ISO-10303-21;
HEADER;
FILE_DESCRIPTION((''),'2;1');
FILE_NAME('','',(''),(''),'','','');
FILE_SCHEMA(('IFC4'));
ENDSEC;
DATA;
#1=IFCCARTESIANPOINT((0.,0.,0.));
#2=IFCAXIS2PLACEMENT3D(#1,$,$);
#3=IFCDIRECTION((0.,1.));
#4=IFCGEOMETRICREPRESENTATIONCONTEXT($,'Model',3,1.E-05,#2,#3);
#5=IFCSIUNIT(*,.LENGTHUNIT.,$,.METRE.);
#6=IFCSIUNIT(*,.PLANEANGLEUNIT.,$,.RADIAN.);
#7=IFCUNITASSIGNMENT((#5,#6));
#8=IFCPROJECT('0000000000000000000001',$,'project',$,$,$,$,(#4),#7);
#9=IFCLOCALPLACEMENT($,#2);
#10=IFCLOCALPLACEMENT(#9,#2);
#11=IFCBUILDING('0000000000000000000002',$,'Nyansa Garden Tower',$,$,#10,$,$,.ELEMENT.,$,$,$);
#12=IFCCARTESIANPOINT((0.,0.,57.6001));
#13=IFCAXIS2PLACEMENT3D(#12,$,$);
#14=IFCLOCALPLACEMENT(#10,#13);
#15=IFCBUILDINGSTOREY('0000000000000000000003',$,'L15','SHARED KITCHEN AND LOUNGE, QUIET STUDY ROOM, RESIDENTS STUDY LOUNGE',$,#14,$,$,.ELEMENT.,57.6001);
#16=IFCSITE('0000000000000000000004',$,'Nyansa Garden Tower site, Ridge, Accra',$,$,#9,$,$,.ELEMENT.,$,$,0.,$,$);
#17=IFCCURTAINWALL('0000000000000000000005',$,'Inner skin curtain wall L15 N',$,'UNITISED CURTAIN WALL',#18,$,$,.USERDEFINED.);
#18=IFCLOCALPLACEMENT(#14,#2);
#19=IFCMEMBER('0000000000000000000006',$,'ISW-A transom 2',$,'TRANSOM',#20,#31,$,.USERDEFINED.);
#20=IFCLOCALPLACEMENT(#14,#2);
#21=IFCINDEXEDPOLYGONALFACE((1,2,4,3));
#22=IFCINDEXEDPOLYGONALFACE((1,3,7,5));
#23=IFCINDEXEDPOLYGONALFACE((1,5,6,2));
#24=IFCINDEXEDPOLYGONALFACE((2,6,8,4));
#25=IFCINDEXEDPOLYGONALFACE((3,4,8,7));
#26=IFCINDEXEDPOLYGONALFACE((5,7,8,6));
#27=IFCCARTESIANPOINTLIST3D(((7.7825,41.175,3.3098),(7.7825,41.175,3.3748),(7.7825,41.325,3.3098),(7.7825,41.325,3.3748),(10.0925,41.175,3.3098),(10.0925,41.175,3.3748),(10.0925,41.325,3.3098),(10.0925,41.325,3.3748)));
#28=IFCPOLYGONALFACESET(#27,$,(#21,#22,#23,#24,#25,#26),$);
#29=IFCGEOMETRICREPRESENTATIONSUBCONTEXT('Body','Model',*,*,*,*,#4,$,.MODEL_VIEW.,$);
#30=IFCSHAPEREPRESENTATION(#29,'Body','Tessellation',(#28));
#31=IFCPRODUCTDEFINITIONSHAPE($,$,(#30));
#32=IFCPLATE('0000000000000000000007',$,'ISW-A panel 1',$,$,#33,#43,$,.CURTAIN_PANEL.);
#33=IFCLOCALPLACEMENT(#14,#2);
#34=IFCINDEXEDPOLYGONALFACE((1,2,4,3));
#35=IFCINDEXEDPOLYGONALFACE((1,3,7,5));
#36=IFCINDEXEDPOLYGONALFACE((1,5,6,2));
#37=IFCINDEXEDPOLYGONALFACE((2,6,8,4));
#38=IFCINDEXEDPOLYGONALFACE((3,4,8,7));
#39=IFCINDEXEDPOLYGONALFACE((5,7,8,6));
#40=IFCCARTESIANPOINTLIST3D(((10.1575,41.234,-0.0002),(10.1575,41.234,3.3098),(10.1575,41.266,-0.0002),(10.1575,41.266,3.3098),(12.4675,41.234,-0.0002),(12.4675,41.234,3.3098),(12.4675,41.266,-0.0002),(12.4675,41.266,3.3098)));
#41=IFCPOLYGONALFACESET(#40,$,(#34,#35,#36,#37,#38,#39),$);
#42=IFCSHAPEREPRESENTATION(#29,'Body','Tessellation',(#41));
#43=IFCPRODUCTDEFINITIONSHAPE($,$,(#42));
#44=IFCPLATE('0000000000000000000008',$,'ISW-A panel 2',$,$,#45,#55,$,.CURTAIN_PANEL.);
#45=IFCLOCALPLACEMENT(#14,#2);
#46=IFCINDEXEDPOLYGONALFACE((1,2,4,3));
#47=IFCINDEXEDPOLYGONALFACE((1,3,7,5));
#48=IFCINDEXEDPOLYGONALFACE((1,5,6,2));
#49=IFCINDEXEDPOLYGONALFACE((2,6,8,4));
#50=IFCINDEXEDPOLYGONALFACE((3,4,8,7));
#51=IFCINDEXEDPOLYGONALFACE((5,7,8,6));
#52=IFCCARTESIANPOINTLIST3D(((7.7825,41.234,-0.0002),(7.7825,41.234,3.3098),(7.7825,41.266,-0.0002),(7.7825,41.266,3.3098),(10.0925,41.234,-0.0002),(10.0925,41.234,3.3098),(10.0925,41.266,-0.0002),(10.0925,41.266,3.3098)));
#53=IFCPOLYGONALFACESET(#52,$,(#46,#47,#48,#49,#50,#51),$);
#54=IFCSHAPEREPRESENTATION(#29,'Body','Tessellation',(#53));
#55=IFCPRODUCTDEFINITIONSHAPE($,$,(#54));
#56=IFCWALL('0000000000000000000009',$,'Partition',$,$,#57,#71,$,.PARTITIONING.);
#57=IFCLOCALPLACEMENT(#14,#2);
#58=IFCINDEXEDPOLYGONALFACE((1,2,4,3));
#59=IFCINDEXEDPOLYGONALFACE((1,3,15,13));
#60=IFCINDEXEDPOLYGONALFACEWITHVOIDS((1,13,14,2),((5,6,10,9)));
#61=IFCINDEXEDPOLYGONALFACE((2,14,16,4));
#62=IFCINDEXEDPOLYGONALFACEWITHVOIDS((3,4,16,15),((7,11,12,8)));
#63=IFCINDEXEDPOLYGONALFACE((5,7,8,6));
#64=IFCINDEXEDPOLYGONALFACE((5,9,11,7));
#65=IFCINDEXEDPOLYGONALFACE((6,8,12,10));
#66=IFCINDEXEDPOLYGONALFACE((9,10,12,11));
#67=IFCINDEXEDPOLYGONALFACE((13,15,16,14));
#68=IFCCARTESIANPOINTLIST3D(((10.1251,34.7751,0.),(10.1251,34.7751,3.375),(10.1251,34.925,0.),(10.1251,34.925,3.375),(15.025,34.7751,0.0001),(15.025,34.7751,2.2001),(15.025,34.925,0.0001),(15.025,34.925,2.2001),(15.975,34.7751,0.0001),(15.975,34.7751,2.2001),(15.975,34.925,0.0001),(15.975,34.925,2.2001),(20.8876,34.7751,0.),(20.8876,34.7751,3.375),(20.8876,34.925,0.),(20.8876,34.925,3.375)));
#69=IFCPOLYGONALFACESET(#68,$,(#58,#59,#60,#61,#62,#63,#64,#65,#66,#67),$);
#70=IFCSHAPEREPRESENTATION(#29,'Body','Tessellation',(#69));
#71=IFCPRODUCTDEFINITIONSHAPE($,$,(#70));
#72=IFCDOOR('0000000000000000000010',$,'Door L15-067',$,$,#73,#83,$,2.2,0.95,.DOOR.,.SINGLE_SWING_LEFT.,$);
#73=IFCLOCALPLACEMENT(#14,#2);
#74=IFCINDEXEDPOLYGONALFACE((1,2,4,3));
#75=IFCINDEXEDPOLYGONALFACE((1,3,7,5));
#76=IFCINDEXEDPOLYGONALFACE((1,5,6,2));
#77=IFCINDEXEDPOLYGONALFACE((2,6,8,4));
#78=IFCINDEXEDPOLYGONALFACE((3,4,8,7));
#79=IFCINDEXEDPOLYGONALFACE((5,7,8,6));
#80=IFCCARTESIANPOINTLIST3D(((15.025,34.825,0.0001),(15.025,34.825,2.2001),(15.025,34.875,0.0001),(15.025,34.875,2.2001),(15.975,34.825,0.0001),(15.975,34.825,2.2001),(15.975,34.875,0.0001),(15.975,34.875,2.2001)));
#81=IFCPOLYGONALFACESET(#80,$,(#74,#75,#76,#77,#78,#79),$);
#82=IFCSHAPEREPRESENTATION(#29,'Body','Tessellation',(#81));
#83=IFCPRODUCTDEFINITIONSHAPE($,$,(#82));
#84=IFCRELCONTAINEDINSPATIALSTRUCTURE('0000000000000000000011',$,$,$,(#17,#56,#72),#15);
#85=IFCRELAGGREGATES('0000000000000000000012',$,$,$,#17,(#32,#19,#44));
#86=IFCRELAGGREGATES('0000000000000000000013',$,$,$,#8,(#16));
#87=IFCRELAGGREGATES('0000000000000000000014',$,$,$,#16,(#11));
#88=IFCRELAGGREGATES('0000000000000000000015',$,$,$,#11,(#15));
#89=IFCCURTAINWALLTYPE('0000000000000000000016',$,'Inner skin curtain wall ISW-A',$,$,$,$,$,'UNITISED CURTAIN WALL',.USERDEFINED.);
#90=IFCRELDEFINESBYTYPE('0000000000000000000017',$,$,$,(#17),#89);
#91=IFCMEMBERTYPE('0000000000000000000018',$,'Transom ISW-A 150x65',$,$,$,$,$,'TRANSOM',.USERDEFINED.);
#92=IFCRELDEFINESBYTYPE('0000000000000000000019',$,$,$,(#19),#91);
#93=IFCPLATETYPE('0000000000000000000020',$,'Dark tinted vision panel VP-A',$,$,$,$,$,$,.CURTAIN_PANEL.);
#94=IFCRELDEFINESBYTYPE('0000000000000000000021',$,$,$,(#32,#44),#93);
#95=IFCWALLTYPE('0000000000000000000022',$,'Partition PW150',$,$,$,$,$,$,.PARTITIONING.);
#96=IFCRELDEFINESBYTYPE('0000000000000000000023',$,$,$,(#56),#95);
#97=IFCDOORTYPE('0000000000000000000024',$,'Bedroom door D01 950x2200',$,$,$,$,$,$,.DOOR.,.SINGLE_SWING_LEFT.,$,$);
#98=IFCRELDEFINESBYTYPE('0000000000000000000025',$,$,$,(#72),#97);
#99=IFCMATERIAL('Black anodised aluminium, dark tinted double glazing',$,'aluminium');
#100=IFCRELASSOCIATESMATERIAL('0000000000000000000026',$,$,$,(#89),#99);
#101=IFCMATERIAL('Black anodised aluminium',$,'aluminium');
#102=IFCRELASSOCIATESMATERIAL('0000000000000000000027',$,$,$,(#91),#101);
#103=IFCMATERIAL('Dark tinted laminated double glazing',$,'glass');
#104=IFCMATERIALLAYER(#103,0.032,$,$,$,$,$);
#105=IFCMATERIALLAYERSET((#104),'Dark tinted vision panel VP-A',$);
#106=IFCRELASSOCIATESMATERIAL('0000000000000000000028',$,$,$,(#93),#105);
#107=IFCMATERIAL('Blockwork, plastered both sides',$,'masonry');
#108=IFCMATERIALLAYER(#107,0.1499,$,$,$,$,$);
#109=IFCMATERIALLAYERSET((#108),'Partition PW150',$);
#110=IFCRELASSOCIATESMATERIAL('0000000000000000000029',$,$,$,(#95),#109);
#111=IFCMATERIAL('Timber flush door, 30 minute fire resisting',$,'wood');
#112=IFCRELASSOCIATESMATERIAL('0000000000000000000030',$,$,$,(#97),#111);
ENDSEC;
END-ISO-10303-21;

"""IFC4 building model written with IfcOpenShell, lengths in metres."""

from ifc_helpers import new_model, si_unit, direction, frame, frame_2d, origin, origin_2d, place, context, subcontext, project, spatial, rectangle, extrude, material, layer, layer_set, material_profile, profile_set, type_object, element, fill, aggregate, save


model = new_model("IFC4")

# Units and contexts
model_context = context("Model", 3, precision=1e-05, world=origin(), true_north=direction((0.0, 1.0)))
body_context = subcontext(model_context, "Body", "Model", "MODEL_VIEW")
ifc_project = project(units=[si_unit("LENGTHUNIT", "METRE"), si_unit("PLANEANGLEUNIT", "RADIAN")], contexts=[model_context])

# Site, building, storey
site_placement = place(None, origin())
site = spatial("IfcSite", under=ifc_project, at=site_placement, Name="Nyansa Garden Tower site, Ridge, Accra", CompositionType="ELEMENT", RefElevation=0.0)
building_placement = place(site_placement, origin())
building = spatial("IfcBuilding", under=site, at=building_placement, Name="Nyansa Garden Tower", CompositionType="ELEMENT")
storey_placement = place(building_placement, frame((0.0, 0.0, 57.6001)))
storey = spatial("IfcBuildingStorey", under=building, at=storey_placement, Name="L15", Description="SHARED KITCHEN AND LOUNGE, QUIET STUDY ROOM, RESIDENTS STUDY LOUNGE", CompositionType="ELEMENT", Elevation=57.6001)

# Curtain wall
ifc_material_1 = material(Name="Black anodised aluminium, dark tinted double glazing", Category="aluminium")
curtain_wall_type = type_object("IfcCurtainWallType", Name="Inner skin curtain wall ISW-A", ElementType="UNITISED CURTAIN WALL", PredefinedType="USERDEFINED", material=ifc_material_1)
curtain_wall_placement = place(storey_placement, origin())
curtain_wall = element("IfcCurtainWall", 1, at=curtain_wall_placement, inside=storey, type_object=curtain_wall_type, Name="Inner skin curtain wall L15 N", ObjectType="UNITISED CURTAIN WALL", PredefinedType="USERDEFINED")

# Member
ifc_material_2 = material(Name="Black anodised aluminium", Category="aluminium")
ifc_material_profile_1 = material_profile(ifc_material_2, rectangle(XDim=0.1499, YDim=0.0649, at=origin_2d()), Name="Transom 150x65")
ifc_profile_set_1 = profile_set([ifc_material_profile_1], Name="Black anodised aluminium")
member_type_1 = type_object("IfcMemberType", Name="Transom ISW-A 150x65", ElementType="TRANSOM", PredefinedType="USERDEFINED", material=ifc_profile_set_1)
member_1_placement = place(storey_placement, frame((10.0925, 41.25, 3.3423), z_axis=(-1.0, 0.0, 0.0), x_axis=(0.0, -1.0, 0.0)))
member_1 = element("IfcMember", 2, at=member_1_placement, type_object=member_type_1, Name="ISW-A transom 2", ObjectType="TRANSOM", PredefinedType="USERDEFINED", context=body_context, shape_type="SweptSolid", body=[
    extrude(rectangle(XDim=0.1499, YDim=0.0649, at=origin_2d()), origin(), (0.0, 0.0, 1.0), 2.3101),
])

# Plates
ifc_material_3 = material(Name="Dark tinted laminated double glazing", Category="glass")
ifc_layer_1 = layer(ifc_material_3, 0.032)
ifc_layer_set_1 = layer_set([ifc_layer_1], Name="Dark tinted vision panel VP-A")
plate_type = type_object("IfcPlateType", Name="Dark tinted vision panel VP-A", PredefinedType="CURTAIN_PANEL", material=ifc_layer_set_1)
plate_1_placement = place(storey_placement, frame((11.3125, 41.25, -0.0002), z_axis=(0.0, 0.0, 1.0), x_axis=(-1.0, 0.0, 0.0)))
plate_1 = element("IfcPlate", 3, at=plate_1_placement, type_object=plate_type, Name="ISW-A panel 1", PredefinedType="CURTAIN_PANEL", context=body_context, shape_type="SweptSolid", body=[
    extrude(rectangle(XDim=2.3101, YDim=0.032, at=origin_2d()), origin(), (0.0, 0.0, 1.0), 3.3101),
])
plate_2_placement = place(storey_placement, frame((8.9375, 41.25, -0.0002), z_axis=(0.0, 0.0, 1.0), x_axis=(-1.0, 0.0, 0.0)))
plate_2 = element("IfcPlate", 4, at=plate_2_placement, type_object=plate_type, Name="ISW-A panel 2", PredefinedType="CURTAIN_PANEL", context=body_context, shape_type="SweptSolid", body=[
    extrude(rectangle(XDim=2.3101, YDim=0.032, at=origin_2d()), origin(), (0.0, 0.0, 1.0), 3.3101),
])
aggregate(curtain_wall, [plate_1, member_1, plate_2])

# Wall, opening, door
ifc_material_4 = material(Name="Blockwork, plastered both sides", Category="masonry")
ifc_layer_2 = layer(ifc_material_4, 0.1499)
ifc_layer_set_2 = layer_set([ifc_layer_2], Name="Partition PW150")
wall_type_1 = type_object("IfcWallType", Name="Partition PW150", PredefinedType="PARTITIONING", material=ifc_layer_set_2)
wall_1_placement = place(storey_placement, frame((10.125, 34.8501, 0.0), z_axis=(0.0, 0.0, 1.0), x_axis=(1.0, 0.0, 0.0)))
wall_1 = element("IfcWall", 5, at=wall_1_placement, inside=storey, type_object=wall_type_1, Name="Partition", PredefinedType="PARTITIONING", context=body_context, shape_type="SweptSolid", body=[
    extrude(rectangle(XDim=10.7625, YDim=0.1499, at=frame_2d((5.3813, 0.0))), origin(), (0.0, 0.0, 1.0), 3.375),
])
opening_1_placement = place(wall_1_placement, frame((4.8999, 0.0, 0.0)))
opening_1 = element("IfcOpeningElement", 6, at=opening_1_placement, cuts=wall_1, PredefinedType="OPENING", context=body_context, shape_type="SweptSolid", body=[
    extrude(rectangle(XDim=0.95, YDim=2.2, at=frame_2d((0.4751, 1.1001))), frame((0.0, 0.085, 0.0), z_axis=(0.0, -1.0, 0.0), x_axis=(1.0, 0.0, 0.0)), (0.0, 0.0, 1.0), 0.1699),
])
ifc_material_5 = material(Name="Timber flush door, 30 minute fire resisting", Category="wood")
door_type_1 = type_object("IfcDoorType", Name="Bedroom door D01 950x2200", OperationType="SINGLE_SWING_LEFT", PredefinedType="DOOR", material=ifc_material_5)
door_1_placement = place(opening_1_placement, origin())
door_1 = element("IfcDoor", 7, at=door_1_placement, inside=storey, type_object=door_type_1, Name="Door L15-067", OperationType="SINGLE_SWING_LEFT", OverallHeight=2.2, OverallWidth=0.95, PredefinedType="DOOR", context=body_context, shape_type="SweptSolid", body=[
    extrude(rectangle(XDim=0.95, YDim=2.2, at=frame_2d((0.4751, 1.1001))), frame((0.0, 0.0249, 0.0), z_axis=(0.0, -1.0, 0.0), x_axis=(1.0, 0.0, 0.0)), (0.0, 0.0, 1.0), 0.05),
])
fill(opening_1, door_1)

save(model, "model.ifc")
